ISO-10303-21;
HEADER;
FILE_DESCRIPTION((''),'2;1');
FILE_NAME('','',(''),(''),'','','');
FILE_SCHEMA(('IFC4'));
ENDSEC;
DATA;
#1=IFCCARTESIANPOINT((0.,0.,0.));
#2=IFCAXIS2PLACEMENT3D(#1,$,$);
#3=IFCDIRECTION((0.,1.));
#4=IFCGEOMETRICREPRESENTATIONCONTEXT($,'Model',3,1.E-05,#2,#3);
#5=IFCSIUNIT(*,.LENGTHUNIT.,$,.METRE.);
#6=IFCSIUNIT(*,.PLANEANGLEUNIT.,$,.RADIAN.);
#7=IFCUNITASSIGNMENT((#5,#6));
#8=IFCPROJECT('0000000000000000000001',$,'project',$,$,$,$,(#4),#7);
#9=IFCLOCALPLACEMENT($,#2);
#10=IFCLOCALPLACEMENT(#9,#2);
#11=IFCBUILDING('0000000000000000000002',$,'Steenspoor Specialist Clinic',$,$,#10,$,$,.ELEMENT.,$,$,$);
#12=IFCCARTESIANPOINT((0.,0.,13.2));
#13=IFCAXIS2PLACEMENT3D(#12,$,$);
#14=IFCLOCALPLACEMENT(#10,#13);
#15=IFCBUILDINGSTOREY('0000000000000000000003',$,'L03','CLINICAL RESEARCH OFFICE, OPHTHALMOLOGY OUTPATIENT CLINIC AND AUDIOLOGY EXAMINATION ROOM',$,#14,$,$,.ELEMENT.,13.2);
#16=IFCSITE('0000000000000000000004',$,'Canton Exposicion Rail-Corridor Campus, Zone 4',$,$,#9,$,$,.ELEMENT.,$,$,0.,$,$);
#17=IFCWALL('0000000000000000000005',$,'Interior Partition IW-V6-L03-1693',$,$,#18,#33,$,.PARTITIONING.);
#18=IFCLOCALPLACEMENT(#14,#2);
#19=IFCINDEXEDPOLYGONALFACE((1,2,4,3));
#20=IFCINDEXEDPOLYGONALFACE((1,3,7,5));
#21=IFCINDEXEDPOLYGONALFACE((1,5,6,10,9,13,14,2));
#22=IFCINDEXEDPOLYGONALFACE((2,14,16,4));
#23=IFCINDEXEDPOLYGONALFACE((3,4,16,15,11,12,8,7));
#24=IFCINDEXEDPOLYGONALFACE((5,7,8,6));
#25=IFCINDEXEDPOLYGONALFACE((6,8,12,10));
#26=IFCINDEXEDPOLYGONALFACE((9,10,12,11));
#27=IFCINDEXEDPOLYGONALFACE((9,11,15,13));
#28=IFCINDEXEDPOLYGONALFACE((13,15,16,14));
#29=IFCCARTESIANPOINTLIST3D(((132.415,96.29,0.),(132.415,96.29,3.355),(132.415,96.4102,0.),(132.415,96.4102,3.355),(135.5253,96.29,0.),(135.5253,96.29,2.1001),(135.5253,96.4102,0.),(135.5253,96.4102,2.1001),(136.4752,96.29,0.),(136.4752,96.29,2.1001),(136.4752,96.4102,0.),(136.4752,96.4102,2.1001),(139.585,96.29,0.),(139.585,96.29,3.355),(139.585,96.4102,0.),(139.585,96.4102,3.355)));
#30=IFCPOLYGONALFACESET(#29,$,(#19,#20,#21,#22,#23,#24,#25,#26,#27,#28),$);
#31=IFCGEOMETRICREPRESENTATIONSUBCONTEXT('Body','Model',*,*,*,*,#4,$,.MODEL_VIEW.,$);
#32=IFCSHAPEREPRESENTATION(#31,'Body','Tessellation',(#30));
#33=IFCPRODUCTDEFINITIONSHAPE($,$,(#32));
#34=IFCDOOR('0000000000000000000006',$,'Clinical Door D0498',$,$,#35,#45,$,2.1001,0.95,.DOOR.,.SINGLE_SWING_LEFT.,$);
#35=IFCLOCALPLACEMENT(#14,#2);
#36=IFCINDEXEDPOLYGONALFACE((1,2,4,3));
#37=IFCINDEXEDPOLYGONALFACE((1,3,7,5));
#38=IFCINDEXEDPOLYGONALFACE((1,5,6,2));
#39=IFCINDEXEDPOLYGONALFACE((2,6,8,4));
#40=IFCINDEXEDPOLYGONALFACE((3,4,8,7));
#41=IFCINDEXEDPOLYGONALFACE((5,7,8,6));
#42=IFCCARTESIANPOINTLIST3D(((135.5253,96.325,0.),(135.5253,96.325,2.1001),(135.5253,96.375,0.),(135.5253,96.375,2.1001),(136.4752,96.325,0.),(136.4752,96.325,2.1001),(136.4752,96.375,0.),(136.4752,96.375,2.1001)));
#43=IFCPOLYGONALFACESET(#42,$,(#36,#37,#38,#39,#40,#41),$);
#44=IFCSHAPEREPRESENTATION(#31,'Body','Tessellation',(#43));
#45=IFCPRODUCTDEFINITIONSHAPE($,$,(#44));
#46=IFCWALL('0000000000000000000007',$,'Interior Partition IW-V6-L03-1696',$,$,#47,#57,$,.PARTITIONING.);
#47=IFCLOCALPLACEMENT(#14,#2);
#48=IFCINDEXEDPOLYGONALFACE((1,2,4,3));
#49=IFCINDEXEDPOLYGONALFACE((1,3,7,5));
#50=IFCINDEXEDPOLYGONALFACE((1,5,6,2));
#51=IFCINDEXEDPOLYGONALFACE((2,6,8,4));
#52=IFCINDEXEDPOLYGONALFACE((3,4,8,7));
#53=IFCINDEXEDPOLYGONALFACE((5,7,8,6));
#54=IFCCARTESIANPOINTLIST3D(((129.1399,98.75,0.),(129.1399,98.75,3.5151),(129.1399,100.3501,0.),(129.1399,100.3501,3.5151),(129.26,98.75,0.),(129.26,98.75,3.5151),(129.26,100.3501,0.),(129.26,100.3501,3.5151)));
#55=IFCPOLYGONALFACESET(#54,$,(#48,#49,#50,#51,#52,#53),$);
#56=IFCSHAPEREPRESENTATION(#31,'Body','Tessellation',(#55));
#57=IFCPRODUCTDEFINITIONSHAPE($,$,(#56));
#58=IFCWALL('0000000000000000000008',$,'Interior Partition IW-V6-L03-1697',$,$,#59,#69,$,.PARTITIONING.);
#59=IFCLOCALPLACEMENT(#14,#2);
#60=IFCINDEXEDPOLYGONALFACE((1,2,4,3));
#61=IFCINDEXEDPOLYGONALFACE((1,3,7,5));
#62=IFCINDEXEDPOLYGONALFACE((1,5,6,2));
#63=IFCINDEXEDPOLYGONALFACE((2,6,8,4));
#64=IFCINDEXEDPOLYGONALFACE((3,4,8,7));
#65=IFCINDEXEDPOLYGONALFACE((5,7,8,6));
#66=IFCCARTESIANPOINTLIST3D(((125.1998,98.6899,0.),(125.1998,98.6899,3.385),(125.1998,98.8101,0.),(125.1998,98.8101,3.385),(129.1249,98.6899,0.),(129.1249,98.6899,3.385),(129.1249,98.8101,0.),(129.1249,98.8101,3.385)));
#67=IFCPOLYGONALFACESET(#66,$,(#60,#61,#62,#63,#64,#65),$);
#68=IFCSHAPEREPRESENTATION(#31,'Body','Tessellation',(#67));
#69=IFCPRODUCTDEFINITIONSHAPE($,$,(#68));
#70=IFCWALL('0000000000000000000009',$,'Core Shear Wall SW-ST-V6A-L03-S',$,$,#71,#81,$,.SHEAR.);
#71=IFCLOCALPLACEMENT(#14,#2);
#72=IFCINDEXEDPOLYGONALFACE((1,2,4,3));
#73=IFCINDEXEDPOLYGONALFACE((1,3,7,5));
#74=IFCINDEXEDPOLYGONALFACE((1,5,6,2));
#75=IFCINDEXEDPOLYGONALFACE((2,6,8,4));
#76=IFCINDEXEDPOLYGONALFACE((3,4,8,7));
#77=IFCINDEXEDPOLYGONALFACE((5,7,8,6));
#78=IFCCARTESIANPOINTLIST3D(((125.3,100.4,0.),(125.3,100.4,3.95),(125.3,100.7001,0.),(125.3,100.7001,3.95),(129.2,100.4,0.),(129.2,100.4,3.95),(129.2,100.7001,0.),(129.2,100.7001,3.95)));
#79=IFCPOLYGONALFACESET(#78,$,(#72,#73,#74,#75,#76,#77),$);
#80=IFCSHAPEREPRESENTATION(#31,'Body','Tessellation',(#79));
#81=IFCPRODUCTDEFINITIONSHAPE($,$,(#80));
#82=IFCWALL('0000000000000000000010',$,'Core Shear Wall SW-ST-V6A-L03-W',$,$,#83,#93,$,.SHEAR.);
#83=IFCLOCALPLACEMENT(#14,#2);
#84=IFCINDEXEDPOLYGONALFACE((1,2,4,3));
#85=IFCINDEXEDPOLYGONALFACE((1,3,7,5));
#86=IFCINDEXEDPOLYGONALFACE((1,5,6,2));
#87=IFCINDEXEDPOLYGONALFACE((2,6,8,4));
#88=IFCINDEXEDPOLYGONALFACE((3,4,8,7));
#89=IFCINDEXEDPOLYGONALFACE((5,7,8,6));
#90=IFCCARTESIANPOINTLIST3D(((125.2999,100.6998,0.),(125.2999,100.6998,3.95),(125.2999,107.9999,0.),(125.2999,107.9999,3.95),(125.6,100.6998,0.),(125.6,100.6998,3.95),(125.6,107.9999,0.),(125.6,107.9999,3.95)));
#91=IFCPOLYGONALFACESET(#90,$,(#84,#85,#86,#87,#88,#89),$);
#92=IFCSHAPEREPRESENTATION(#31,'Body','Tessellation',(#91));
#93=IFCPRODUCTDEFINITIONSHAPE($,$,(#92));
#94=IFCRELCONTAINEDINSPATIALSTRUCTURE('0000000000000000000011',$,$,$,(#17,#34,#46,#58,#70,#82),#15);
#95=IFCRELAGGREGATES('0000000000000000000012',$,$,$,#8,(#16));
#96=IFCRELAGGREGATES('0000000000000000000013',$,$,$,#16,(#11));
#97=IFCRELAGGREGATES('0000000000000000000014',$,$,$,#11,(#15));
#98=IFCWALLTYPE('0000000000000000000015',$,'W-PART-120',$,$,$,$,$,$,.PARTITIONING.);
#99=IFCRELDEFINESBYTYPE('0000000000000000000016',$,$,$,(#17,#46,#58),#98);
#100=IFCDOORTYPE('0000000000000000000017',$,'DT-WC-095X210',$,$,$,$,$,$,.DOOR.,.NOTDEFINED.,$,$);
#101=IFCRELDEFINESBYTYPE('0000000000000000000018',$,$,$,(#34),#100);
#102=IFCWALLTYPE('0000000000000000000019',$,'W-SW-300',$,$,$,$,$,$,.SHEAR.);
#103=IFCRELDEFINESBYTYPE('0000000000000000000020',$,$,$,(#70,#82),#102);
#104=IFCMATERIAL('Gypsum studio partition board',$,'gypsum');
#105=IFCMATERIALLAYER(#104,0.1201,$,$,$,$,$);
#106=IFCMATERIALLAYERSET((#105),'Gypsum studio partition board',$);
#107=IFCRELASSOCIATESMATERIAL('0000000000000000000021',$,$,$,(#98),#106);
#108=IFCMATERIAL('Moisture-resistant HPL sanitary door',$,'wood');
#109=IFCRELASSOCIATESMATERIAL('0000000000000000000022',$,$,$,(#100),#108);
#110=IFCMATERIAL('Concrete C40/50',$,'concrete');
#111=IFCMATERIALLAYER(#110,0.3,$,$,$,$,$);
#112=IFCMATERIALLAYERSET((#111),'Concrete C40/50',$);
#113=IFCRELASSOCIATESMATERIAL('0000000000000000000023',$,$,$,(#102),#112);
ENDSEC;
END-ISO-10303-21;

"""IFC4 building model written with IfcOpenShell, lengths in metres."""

from ifc_helpers import new_model, si_unit, direction, frame, frame_2d, origin, place, context, subcontext, project, spatial, rectangle, extrude, material, layer, layer_set, type_object, element, fill, save


model = new_model("IFC4")

# Units and contexts
model_context = context("Model", 3, precision=1e-05, world=origin(), true_north=direction((0.0, 1.0)))
body_context = subcontext(model_context, "Body", "Model", "MODEL_VIEW")
ifc_project = project(units=[si_unit("LENGTHUNIT", "METRE"), si_unit("PLANEANGLEUNIT", "RADIAN")], contexts=[model_context])

# Site, building, storey
site_placement = place(None, origin())
site = spatial("IfcSite", under=ifc_project, at=site_placement, Name="Canton Exposicion Rail-Corridor Campus, Zone 4", CompositionType="ELEMENT", RefElevation=0.0)
building_placement = place(site_placement, origin())
building = spatial("IfcBuilding", under=site, at=building_placement, Name="Steenspoor Specialist Clinic", CompositionType="ELEMENT")
storey_placement = place(building_placement, frame((0.0, 0.0, 13.2)))
storey = spatial("IfcBuildingStorey", under=building, at=storey_placement, Name="L03", Description="CLINICAL RESEARCH OFFICE, OPHTHALMOLOGY OUTPATIENT CLINIC AND AUDIOLOGY EXAMINATION ROOM", CompositionType="ELEMENT", Elevation=13.2)

# Shared definitions
ifc_material_1 = material(Name="Concrete C40/50", Category="concrete")

# Wall, opening, door
ifc_material_2 = material(Name="Gypsum studio partition board", Category="gypsum")
ifc_layer_1 = layer(ifc_material_2, 0.1201)
ifc_layer_set_1 = layer_set([ifc_layer_1], Name="Gypsum studio partition board")
wall_type_1 = type_object("IfcWallType", Name="W-PART-120", PredefinedType="PARTITIONING", material=ifc_layer_set_1)
wall_1_placement = place(storey_placement, frame((132.415, 96.3501, 0.0), z_axis=(0.0, 0.0, 1.0), x_axis=(1.0, 0.0, 0.0)))
wall_1 = element("IfcWall", 1, at=wall_1_placement, inside=storey, type_object=wall_type_1, Name="Interior Partition IW-V6-L03-1693", PredefinedType="PARTITIONING", context=body_context, shape_type="SweptSolid", body=[
    extrude(rectangle(XDim=7.1699, YDim=0.1201, at=frame_2d((3.585, 0.0))), origin(), (0.0, 0.0, 1.0), 3.355),
])
opening_1_placement = place(wall_1_placement, frame((3.1101, 0.0, 0.0)))
opening_1 = element("IfcOpeningElement", 2, at=opening_1_placement, cuts=wall_1, PredefinedType="OPENING", context=body_context, shape_type="SweptSolid", body=[
    extrude(rectangle(XDim=0.95, YDim=2.1001, at=frame_2d((0.4751, 1.05))), frame((0.0, 0.0701, 0.0), z_axis=(0.0, -1.0, 0.0), x_axis=(1.0, 0.0, 0.0)), (0.0, 0.0, 1.0), 0.1401),
])
ifc_material_3 = material(Name="Moisture-resistant HPL sanitary door", Category="wood")
door_type_1 = type_object("IfcDoorType", Name="DT-WC-095X210", OperationType="NOTDEFINED", PredefinedType="DOOR", material=ifc_material_3)
door_1_placement = place(opening_1_placement, origin())
door_1 = element("IfcDoor", 3, at=door_1_placement, inside=storey, type_object=door_type_1, Name="Clinical Door D0498", OperationType="SINGLE_SWING_LEFT", OverallHeight=2.1001, OverallWidth=0.95, PredefinedType="DOOR", context=body_context, shape_type="SweptSolid", body=[
    extrude(rectangle(XDim=0.95, YDim=2.1001, at=frame_2d((0.4751, 1.05))), frame((0.0, 0.0249, 0.0), z_axis=(0.0, -1.0, 0.0), x_axis=(1.0, 0.0, 0.0)), (0.0, 0.0, 1.0), 0.05),
])
fill(opening_1, door_1)

# Walls
wall_2_placement = place(storey_placement, frame((129.2, 98.75, 0.0), z_axis=(0.0, 0.0, 1.0), x_axis=(0.0, 1.0, 0.0)))
element("IfcWall", 4, at=wall_2_placement, inside=storey, type_object=wall_type_1, Name="Interior Partition IW-V6-L03-1696", PredefinedType="PARTITIONING", context=body_context, shape_type="SweptSolid", body=[
    extrude(rectangle(XDim=1.6001, YDim=0.1201, at=frame_2d((0.8, 0.0))), origin(), (0.0, 0.0, 1.0), 3.5151),
])
wall_3_placement = place(storey_placement, frame((125.2, 98.75, 0.0), z_axis=(0.0, 0.0, 1.0), x_axis=(1.0, 0.0, 0.0)))
element("IfcWall", 5, at=wall_3_placement, inside=storey, type_object=wall_type_1, Name="Interior Partition IW-V6-L03-1697", PredefinedType="PARTITIONING", context=body_context, shape_type="SweptSolid", body=[
    extrude(rectangle(XDim=3.925, YDim=0.1201, at=frame_2d((1.9624, 0.0))), origin(), (0.0, 0.0, 1.0), 3.385),
])
ifc_layer_2 = layer(ifc_material_1, 0.3)
ifc_layer_set_2 = layer_set([ifc_layer_2], Name="Concrete C40/50")
wall_type_2 = type_object("IfcWallType", Name="W-SW-300", PredefinedType="SHEAR", material=ifc_layer_set_2)
wall_4_placement = place(storey_placement, frame((125.3, 100.55, 0.0), z_axis=(0.0, 0.0, 1.0), x_axis=(1.0, 0.0, 0.0)))
element("IfcWall", 6, at=wall_4_placement, inside=storey, type_object=wall_type_2, Name="Core Shear Wall SW-ST-V6A-L03-S", PredefinedType="SHEAR", context=body_context, shape_type="SweptSolid", body=[
    extrude(rectangle(XDim=3.8999, YDim=0.3, at=frame_2d((1.95, 0.0))), origin(), (0.0, 0.0, 1.0), 3.95),
])
wall_5_placement = place(storey_placement, frame((125.45, 100.7, 0.0), z_axis=(0.0, 0.0, 1.0), x_axis=(0.0, 1.0, 0.0)))
element("IfcWall", 7, at=wall_5_placement, inside=storey, type_object=wall_type_2, Name="Core Shear Wall SW-ST-V6A-L03-W", PredefinedType="SHEAR", context=body_context, shape_type="SweptSolid", body=[
    extrude(rectangle(XDim=7.3, YDim=0.3, at=frame_2d((3.6499, 0.0))), origin(), (0.0, 0.0, 1.0), 3.95),
])

save(model, "model.ifc")
